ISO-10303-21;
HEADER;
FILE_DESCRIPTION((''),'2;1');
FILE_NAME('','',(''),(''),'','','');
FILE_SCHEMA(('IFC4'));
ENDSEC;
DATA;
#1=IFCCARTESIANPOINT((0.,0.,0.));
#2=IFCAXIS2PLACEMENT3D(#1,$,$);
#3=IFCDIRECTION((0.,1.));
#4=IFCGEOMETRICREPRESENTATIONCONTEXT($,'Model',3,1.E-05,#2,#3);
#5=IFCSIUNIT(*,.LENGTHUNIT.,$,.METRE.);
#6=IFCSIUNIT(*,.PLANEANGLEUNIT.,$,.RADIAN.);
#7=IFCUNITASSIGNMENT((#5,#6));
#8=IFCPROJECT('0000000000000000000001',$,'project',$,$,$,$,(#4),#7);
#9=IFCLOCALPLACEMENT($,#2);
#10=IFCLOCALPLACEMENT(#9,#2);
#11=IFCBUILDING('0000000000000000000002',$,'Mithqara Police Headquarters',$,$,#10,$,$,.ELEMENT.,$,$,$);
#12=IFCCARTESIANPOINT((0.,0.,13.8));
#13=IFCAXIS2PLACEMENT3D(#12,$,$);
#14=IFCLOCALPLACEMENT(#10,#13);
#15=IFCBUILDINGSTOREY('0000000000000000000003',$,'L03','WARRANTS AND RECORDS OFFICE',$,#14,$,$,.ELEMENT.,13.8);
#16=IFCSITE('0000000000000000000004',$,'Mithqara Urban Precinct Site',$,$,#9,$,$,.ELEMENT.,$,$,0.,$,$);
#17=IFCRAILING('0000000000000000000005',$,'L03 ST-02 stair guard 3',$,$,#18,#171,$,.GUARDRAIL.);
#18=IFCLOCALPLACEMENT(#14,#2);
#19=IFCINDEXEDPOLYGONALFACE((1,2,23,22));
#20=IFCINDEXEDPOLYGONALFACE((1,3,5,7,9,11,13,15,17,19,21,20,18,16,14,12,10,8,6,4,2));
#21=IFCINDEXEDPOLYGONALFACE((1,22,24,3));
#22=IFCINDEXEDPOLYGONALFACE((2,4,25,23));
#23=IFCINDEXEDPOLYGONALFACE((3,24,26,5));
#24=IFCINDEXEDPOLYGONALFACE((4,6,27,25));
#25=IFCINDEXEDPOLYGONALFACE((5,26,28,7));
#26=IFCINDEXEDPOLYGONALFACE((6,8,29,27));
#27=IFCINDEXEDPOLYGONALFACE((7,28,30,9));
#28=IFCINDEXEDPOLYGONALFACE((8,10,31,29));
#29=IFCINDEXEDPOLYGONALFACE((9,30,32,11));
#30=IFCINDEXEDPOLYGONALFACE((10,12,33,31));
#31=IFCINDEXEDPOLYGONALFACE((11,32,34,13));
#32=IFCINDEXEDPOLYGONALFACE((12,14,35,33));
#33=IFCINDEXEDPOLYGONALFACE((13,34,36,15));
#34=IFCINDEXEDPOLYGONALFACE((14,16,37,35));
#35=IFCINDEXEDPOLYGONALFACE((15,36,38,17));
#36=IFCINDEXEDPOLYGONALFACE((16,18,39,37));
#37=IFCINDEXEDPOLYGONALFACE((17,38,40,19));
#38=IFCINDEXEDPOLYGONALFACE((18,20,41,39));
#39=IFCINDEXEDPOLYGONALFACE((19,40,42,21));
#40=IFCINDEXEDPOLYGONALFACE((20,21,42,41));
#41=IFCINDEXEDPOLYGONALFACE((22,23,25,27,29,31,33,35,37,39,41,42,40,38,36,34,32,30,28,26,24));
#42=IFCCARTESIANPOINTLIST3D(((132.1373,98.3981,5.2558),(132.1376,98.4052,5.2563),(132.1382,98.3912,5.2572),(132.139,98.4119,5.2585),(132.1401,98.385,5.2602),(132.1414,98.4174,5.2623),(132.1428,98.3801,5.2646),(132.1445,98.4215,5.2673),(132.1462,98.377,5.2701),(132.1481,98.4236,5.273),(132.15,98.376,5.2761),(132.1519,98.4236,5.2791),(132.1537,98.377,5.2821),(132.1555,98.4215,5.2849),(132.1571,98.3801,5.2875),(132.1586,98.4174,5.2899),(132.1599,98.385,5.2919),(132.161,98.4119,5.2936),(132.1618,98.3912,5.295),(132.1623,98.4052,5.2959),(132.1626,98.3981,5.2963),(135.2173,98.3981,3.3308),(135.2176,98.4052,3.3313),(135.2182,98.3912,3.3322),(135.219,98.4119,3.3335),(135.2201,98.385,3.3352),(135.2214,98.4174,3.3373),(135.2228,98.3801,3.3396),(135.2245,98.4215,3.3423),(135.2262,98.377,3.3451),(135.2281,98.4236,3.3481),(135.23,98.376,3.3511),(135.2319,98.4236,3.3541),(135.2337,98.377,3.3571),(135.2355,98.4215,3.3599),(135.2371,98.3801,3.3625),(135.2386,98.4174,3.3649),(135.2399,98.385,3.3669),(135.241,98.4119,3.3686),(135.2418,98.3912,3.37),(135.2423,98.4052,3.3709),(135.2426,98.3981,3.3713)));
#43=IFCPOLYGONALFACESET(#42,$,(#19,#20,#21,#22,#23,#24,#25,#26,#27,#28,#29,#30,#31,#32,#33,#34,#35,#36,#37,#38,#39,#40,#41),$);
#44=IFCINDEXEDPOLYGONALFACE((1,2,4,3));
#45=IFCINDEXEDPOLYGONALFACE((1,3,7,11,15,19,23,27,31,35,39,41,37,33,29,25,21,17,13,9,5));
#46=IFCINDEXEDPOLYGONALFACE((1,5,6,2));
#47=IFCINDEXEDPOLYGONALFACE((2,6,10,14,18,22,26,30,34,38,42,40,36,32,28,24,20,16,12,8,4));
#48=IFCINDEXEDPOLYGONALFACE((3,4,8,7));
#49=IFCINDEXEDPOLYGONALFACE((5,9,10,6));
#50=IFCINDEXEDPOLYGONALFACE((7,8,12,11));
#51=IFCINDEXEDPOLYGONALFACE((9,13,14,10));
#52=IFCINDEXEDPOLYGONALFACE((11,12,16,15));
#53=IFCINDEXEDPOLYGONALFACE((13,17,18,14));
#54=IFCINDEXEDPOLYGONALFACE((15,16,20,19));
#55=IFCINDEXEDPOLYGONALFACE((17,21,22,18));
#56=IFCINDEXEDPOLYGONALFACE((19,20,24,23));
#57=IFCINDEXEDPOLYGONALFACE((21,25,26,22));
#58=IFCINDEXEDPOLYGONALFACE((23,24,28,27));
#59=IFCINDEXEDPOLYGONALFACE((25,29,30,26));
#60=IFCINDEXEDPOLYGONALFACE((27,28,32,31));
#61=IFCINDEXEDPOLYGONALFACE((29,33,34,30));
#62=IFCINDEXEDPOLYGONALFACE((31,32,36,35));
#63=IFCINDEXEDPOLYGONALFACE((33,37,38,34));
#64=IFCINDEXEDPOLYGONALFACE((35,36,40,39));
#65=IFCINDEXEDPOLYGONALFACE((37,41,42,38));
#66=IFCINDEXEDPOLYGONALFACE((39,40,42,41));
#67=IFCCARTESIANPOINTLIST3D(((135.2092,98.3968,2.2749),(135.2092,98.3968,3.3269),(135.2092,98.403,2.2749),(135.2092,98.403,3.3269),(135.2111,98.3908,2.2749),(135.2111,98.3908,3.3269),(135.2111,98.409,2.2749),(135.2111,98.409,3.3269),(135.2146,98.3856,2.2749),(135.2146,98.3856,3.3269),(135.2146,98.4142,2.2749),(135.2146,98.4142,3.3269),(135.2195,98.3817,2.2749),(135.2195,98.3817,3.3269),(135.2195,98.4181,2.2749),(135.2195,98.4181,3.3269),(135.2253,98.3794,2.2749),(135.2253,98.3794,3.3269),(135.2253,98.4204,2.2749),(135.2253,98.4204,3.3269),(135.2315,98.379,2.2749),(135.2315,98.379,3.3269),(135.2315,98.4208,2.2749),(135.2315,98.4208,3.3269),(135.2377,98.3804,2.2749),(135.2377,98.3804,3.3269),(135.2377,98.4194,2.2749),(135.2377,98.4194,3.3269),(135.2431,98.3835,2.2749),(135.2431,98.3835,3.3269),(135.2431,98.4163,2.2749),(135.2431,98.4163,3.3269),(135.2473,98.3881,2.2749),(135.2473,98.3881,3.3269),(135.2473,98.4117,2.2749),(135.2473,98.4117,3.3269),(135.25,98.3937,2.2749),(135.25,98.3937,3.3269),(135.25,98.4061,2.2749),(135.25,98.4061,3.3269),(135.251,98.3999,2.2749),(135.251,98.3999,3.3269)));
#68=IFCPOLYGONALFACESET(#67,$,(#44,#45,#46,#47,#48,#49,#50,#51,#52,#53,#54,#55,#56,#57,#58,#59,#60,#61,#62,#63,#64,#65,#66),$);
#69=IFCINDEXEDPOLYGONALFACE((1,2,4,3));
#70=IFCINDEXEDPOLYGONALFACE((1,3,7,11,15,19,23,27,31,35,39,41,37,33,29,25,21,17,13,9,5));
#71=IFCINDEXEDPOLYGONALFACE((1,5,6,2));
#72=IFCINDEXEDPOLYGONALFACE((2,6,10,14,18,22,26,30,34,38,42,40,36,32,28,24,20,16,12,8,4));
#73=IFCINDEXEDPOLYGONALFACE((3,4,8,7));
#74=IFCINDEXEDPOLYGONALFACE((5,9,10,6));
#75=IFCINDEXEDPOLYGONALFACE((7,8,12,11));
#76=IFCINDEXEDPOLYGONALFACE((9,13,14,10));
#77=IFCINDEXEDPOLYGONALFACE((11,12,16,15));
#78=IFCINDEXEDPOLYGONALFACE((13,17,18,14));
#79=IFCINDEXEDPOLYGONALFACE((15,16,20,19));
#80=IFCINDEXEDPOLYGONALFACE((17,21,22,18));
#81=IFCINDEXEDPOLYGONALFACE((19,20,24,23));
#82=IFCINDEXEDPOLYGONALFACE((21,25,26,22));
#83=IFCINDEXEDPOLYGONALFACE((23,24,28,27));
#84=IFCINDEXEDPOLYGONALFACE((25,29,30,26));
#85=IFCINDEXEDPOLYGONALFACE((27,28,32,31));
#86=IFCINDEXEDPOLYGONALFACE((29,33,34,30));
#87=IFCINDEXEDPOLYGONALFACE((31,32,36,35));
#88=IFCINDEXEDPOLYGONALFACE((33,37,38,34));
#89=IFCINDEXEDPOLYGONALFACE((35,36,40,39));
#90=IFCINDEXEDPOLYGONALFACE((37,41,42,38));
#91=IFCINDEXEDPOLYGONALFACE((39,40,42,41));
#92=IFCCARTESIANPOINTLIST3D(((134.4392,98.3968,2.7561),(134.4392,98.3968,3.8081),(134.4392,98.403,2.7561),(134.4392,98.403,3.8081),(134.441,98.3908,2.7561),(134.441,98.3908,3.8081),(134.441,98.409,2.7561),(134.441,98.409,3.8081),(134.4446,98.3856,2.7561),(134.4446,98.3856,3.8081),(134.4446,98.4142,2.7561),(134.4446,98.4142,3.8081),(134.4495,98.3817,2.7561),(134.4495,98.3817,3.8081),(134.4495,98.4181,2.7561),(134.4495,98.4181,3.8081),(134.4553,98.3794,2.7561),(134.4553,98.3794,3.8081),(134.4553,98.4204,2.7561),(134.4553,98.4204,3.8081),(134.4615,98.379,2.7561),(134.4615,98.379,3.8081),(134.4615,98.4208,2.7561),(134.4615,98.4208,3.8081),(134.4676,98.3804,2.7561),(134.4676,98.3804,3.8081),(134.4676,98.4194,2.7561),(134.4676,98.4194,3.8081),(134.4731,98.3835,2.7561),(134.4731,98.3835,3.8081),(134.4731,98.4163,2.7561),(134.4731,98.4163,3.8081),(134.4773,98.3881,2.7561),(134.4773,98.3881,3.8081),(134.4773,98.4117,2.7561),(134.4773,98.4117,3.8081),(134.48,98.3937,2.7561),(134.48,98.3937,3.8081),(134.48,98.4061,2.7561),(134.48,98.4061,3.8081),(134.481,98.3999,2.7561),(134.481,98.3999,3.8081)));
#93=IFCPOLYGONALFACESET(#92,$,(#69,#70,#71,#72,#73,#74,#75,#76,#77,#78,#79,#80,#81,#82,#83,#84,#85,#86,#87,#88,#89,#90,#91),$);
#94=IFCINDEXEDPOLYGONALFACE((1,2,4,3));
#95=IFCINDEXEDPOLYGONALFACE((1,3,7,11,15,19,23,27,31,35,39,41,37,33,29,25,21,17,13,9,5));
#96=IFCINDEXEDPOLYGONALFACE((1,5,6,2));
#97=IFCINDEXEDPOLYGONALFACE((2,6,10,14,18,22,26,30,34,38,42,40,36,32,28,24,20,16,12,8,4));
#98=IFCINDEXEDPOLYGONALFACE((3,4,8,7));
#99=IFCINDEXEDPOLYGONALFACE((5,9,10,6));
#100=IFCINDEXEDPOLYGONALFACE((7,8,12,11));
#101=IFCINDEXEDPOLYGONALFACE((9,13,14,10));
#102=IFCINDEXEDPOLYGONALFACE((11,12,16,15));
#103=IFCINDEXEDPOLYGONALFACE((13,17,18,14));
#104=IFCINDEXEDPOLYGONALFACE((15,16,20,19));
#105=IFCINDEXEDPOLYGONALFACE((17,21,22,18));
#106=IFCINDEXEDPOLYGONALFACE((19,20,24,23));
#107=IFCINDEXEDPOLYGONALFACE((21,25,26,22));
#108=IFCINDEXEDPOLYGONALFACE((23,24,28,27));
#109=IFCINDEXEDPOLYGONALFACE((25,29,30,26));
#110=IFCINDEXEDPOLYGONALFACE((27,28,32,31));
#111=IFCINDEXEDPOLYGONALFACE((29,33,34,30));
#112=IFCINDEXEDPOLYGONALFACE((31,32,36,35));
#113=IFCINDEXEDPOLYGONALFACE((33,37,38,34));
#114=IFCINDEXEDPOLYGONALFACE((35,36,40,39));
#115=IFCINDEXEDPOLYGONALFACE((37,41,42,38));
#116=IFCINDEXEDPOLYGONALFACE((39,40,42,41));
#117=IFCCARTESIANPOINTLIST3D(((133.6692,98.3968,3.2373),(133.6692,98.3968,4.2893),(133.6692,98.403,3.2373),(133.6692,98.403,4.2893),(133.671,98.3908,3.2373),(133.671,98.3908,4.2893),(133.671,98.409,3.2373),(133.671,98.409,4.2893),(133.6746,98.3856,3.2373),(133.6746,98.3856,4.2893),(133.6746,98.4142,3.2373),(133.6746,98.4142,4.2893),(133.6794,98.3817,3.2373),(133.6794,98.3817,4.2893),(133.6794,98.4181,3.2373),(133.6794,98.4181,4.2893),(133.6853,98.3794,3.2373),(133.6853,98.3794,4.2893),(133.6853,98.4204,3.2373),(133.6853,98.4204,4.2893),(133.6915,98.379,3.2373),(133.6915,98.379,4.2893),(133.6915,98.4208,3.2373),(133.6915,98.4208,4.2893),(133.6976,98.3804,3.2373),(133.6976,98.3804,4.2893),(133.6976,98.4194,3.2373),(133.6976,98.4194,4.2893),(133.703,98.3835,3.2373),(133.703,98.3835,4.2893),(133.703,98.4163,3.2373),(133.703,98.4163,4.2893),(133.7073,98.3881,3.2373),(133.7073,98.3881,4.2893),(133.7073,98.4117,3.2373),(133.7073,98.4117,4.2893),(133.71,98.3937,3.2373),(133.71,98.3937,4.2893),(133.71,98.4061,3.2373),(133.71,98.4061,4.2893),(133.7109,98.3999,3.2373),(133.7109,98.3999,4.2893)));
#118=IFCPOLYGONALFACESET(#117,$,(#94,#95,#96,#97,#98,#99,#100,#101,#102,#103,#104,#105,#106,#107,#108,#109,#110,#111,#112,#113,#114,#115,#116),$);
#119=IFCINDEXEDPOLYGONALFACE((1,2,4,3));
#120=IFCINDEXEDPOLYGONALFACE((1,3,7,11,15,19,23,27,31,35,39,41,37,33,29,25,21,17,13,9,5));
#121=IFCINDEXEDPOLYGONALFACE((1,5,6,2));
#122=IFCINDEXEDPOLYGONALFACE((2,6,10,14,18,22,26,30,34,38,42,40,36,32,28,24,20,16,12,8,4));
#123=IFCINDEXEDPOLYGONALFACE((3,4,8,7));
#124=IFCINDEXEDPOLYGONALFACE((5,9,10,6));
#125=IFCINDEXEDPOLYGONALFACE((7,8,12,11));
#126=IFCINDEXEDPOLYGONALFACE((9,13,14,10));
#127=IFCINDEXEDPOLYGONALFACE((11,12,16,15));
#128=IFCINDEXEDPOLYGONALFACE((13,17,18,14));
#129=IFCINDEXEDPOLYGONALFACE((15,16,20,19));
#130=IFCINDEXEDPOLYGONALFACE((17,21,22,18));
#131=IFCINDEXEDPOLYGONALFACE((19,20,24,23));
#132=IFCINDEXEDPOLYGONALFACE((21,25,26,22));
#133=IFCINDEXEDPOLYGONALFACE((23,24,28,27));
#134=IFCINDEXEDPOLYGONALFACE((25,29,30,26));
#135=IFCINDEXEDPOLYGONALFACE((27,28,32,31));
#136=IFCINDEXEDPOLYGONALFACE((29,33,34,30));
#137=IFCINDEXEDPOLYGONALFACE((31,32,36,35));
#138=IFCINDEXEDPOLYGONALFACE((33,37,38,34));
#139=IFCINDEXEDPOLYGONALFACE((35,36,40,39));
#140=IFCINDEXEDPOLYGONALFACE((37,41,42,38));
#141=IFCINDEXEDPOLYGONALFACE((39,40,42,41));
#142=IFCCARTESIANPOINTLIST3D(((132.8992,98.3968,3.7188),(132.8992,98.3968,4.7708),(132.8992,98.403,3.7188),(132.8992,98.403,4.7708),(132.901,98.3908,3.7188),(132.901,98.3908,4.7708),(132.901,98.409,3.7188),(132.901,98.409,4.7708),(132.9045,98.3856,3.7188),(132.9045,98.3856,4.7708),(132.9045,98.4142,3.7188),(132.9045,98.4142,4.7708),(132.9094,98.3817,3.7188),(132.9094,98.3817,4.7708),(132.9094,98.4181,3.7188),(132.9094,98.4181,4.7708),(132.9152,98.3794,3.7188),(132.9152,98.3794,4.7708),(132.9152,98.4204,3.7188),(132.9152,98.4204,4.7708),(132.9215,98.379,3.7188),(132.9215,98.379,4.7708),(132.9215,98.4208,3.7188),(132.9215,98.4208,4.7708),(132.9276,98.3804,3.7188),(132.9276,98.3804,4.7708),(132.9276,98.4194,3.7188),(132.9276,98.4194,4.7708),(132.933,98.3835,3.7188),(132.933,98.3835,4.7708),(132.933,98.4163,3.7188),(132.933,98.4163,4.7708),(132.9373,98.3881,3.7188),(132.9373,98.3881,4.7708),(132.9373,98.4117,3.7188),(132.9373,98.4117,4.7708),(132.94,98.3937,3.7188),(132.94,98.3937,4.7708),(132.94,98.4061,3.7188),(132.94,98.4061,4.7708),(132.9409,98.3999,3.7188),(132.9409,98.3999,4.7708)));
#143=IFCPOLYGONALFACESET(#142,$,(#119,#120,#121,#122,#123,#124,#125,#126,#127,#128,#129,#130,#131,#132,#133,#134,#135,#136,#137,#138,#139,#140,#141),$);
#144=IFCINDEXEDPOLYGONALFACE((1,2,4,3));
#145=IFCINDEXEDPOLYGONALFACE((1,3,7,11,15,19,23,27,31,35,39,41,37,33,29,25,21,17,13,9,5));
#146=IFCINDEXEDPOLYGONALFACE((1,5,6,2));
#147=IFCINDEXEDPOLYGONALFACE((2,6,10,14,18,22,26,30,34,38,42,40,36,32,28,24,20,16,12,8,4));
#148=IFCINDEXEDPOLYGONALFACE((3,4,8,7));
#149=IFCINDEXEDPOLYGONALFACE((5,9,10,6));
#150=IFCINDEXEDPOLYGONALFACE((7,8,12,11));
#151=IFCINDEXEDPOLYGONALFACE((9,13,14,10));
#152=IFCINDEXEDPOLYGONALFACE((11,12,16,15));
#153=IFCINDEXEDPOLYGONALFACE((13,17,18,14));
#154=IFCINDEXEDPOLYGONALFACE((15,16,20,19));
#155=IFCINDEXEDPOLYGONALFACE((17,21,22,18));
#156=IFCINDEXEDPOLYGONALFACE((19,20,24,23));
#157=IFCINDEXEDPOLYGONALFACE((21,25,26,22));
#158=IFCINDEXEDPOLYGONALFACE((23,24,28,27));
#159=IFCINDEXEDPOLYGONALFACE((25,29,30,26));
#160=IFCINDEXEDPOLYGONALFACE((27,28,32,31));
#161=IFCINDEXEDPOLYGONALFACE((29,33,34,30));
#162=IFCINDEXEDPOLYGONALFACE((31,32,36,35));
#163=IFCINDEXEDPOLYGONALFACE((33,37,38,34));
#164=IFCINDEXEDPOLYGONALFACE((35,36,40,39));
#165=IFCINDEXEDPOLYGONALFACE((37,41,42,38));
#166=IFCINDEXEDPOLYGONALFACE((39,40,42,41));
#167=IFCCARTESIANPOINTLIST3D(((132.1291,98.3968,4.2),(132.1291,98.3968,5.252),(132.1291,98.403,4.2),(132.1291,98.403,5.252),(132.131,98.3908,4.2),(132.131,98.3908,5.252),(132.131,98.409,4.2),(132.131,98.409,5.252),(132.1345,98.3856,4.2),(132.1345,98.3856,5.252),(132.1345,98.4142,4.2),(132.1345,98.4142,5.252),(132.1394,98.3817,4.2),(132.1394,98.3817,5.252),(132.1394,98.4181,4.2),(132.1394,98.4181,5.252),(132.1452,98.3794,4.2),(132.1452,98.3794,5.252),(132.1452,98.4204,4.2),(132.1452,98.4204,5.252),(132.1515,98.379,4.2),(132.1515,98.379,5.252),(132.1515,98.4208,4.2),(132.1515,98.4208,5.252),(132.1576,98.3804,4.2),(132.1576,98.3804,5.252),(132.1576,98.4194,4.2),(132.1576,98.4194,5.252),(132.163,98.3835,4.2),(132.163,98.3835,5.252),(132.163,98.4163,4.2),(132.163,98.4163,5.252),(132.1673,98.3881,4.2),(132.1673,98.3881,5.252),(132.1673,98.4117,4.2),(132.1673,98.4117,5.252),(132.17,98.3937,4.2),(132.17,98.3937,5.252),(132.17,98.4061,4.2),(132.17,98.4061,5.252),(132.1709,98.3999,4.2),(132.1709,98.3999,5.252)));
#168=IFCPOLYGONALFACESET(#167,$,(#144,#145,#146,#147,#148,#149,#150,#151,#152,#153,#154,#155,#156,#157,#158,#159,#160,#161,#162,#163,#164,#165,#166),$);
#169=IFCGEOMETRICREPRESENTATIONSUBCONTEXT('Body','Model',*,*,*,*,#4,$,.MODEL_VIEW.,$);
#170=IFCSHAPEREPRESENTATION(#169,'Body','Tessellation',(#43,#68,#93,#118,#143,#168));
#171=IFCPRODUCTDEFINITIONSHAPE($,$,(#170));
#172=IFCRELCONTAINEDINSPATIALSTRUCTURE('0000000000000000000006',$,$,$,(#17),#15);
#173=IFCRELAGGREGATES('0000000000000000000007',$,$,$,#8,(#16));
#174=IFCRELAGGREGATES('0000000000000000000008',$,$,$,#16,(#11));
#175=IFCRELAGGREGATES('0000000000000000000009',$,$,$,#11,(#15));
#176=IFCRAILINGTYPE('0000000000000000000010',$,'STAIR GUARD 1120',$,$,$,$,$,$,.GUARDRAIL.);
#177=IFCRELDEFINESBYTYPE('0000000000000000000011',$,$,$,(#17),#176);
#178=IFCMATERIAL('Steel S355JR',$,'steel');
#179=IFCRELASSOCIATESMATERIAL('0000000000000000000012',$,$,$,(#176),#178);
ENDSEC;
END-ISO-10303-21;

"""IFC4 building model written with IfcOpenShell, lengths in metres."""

from ifc_helpers import new_model, si_unit, direction, frame, origin, origin_2d, place, context, subcontext, project, spatial, circle, extrude, material, type_object, element, save


model = new_model("IFC4")

# Units and contexts
model_context = context("Model", 3, precision=1e-05, world=origin(), true_north=direction((0.0, 1.0)))
body_context = subcontext(model_context, "Body", "Model", "MODEL_VIEW")
ifc_project = project(units=[si_unit("LENGTHUNIT", "METRE"), si_unit("PLANEANGLEUNIT", "RADIAN")], contexts=[model_context])

# Site, building, storey
site_placement = place(None, origin())
site = spatial("IfcSite", under=ifc_project, at=site_placement, Name="Mithqara Urban Precinct Site", CompositionType="ELEMENT", RefElevation=0.0)
building_placement = place(site_placement, origin())
building = spatial("IfcBuilding", under=site, at=building_placement, Name="Mithqara Police Headquarters", CompositionType="ELEMENT")
storey_placement = place(building_placement, frame((0.0, 0.0, 13.8)))
storey = spatial("IfcBuildingStorey", under=building, at=storey_placement, Name="L03", Description="WARRANTS AND RECORDS OFFICE", CompositionType="ELEMENT", Elevation=13.8)

# Shared definitions
ifc_material_1 = material(Name="Steel S355JR", Category="steel")

# Railing
railing_type_1 = type_object("IfcRailingType", Name="STAIR GUARD 1120", PredefinedType="GUARDRAIL", material=ifc_material_1)
railing_1_placement = place(storey_placement, frame((135.23, 98.3999, 2.2749)))
element("IfcRailing", 1, at=railing_1_placement, inside=storey, type_object=railing_type_1, Name="L03 ST-02 stair guard 3", PredefinedType="GUARDRAIL", context=body_context, shape_type="SweptSolid", body=[
    extrude(circle(Radius=0.0239, at=origin_2d()), frame((0.0, 0.0, 1.0762), z_axis=(-0.847998, 0.0, 0.529999), x_axis=(0.0, -1.0, 0.0)), (0.0, 0.0, 1.0), 3.6321),
    extrude(circle(Radius=0.021, at=origin_2d()), origin(), (0.0, 0.0, 1.0), 1.052),
    extrude(circle(Radius=0.021, at=origin_2d()), frame((-0.77, 0.0, 0.4812)), (0.0, 0.0, 1.0), 1.052),
    extrude(circle(Radius=0.021, at=origin_2d()), frame((-1.54, 0.0, 0.9624)), (0.0, 0.0, 1.0), 1.052),
    extrude(circle(Radius=0.021, at=origin_2d()), frame((-2.3101, 0.0, 1.4438)), (0.0, 0.0, 1.0), 1.052),
    extrude(circle(Radius=0.021, at=origin_2d()), frame((-3.0801, 0.0, 1.925)), (0.0, 0.0, 1.0), 1.052),
])

save(model, "model.ifc")
